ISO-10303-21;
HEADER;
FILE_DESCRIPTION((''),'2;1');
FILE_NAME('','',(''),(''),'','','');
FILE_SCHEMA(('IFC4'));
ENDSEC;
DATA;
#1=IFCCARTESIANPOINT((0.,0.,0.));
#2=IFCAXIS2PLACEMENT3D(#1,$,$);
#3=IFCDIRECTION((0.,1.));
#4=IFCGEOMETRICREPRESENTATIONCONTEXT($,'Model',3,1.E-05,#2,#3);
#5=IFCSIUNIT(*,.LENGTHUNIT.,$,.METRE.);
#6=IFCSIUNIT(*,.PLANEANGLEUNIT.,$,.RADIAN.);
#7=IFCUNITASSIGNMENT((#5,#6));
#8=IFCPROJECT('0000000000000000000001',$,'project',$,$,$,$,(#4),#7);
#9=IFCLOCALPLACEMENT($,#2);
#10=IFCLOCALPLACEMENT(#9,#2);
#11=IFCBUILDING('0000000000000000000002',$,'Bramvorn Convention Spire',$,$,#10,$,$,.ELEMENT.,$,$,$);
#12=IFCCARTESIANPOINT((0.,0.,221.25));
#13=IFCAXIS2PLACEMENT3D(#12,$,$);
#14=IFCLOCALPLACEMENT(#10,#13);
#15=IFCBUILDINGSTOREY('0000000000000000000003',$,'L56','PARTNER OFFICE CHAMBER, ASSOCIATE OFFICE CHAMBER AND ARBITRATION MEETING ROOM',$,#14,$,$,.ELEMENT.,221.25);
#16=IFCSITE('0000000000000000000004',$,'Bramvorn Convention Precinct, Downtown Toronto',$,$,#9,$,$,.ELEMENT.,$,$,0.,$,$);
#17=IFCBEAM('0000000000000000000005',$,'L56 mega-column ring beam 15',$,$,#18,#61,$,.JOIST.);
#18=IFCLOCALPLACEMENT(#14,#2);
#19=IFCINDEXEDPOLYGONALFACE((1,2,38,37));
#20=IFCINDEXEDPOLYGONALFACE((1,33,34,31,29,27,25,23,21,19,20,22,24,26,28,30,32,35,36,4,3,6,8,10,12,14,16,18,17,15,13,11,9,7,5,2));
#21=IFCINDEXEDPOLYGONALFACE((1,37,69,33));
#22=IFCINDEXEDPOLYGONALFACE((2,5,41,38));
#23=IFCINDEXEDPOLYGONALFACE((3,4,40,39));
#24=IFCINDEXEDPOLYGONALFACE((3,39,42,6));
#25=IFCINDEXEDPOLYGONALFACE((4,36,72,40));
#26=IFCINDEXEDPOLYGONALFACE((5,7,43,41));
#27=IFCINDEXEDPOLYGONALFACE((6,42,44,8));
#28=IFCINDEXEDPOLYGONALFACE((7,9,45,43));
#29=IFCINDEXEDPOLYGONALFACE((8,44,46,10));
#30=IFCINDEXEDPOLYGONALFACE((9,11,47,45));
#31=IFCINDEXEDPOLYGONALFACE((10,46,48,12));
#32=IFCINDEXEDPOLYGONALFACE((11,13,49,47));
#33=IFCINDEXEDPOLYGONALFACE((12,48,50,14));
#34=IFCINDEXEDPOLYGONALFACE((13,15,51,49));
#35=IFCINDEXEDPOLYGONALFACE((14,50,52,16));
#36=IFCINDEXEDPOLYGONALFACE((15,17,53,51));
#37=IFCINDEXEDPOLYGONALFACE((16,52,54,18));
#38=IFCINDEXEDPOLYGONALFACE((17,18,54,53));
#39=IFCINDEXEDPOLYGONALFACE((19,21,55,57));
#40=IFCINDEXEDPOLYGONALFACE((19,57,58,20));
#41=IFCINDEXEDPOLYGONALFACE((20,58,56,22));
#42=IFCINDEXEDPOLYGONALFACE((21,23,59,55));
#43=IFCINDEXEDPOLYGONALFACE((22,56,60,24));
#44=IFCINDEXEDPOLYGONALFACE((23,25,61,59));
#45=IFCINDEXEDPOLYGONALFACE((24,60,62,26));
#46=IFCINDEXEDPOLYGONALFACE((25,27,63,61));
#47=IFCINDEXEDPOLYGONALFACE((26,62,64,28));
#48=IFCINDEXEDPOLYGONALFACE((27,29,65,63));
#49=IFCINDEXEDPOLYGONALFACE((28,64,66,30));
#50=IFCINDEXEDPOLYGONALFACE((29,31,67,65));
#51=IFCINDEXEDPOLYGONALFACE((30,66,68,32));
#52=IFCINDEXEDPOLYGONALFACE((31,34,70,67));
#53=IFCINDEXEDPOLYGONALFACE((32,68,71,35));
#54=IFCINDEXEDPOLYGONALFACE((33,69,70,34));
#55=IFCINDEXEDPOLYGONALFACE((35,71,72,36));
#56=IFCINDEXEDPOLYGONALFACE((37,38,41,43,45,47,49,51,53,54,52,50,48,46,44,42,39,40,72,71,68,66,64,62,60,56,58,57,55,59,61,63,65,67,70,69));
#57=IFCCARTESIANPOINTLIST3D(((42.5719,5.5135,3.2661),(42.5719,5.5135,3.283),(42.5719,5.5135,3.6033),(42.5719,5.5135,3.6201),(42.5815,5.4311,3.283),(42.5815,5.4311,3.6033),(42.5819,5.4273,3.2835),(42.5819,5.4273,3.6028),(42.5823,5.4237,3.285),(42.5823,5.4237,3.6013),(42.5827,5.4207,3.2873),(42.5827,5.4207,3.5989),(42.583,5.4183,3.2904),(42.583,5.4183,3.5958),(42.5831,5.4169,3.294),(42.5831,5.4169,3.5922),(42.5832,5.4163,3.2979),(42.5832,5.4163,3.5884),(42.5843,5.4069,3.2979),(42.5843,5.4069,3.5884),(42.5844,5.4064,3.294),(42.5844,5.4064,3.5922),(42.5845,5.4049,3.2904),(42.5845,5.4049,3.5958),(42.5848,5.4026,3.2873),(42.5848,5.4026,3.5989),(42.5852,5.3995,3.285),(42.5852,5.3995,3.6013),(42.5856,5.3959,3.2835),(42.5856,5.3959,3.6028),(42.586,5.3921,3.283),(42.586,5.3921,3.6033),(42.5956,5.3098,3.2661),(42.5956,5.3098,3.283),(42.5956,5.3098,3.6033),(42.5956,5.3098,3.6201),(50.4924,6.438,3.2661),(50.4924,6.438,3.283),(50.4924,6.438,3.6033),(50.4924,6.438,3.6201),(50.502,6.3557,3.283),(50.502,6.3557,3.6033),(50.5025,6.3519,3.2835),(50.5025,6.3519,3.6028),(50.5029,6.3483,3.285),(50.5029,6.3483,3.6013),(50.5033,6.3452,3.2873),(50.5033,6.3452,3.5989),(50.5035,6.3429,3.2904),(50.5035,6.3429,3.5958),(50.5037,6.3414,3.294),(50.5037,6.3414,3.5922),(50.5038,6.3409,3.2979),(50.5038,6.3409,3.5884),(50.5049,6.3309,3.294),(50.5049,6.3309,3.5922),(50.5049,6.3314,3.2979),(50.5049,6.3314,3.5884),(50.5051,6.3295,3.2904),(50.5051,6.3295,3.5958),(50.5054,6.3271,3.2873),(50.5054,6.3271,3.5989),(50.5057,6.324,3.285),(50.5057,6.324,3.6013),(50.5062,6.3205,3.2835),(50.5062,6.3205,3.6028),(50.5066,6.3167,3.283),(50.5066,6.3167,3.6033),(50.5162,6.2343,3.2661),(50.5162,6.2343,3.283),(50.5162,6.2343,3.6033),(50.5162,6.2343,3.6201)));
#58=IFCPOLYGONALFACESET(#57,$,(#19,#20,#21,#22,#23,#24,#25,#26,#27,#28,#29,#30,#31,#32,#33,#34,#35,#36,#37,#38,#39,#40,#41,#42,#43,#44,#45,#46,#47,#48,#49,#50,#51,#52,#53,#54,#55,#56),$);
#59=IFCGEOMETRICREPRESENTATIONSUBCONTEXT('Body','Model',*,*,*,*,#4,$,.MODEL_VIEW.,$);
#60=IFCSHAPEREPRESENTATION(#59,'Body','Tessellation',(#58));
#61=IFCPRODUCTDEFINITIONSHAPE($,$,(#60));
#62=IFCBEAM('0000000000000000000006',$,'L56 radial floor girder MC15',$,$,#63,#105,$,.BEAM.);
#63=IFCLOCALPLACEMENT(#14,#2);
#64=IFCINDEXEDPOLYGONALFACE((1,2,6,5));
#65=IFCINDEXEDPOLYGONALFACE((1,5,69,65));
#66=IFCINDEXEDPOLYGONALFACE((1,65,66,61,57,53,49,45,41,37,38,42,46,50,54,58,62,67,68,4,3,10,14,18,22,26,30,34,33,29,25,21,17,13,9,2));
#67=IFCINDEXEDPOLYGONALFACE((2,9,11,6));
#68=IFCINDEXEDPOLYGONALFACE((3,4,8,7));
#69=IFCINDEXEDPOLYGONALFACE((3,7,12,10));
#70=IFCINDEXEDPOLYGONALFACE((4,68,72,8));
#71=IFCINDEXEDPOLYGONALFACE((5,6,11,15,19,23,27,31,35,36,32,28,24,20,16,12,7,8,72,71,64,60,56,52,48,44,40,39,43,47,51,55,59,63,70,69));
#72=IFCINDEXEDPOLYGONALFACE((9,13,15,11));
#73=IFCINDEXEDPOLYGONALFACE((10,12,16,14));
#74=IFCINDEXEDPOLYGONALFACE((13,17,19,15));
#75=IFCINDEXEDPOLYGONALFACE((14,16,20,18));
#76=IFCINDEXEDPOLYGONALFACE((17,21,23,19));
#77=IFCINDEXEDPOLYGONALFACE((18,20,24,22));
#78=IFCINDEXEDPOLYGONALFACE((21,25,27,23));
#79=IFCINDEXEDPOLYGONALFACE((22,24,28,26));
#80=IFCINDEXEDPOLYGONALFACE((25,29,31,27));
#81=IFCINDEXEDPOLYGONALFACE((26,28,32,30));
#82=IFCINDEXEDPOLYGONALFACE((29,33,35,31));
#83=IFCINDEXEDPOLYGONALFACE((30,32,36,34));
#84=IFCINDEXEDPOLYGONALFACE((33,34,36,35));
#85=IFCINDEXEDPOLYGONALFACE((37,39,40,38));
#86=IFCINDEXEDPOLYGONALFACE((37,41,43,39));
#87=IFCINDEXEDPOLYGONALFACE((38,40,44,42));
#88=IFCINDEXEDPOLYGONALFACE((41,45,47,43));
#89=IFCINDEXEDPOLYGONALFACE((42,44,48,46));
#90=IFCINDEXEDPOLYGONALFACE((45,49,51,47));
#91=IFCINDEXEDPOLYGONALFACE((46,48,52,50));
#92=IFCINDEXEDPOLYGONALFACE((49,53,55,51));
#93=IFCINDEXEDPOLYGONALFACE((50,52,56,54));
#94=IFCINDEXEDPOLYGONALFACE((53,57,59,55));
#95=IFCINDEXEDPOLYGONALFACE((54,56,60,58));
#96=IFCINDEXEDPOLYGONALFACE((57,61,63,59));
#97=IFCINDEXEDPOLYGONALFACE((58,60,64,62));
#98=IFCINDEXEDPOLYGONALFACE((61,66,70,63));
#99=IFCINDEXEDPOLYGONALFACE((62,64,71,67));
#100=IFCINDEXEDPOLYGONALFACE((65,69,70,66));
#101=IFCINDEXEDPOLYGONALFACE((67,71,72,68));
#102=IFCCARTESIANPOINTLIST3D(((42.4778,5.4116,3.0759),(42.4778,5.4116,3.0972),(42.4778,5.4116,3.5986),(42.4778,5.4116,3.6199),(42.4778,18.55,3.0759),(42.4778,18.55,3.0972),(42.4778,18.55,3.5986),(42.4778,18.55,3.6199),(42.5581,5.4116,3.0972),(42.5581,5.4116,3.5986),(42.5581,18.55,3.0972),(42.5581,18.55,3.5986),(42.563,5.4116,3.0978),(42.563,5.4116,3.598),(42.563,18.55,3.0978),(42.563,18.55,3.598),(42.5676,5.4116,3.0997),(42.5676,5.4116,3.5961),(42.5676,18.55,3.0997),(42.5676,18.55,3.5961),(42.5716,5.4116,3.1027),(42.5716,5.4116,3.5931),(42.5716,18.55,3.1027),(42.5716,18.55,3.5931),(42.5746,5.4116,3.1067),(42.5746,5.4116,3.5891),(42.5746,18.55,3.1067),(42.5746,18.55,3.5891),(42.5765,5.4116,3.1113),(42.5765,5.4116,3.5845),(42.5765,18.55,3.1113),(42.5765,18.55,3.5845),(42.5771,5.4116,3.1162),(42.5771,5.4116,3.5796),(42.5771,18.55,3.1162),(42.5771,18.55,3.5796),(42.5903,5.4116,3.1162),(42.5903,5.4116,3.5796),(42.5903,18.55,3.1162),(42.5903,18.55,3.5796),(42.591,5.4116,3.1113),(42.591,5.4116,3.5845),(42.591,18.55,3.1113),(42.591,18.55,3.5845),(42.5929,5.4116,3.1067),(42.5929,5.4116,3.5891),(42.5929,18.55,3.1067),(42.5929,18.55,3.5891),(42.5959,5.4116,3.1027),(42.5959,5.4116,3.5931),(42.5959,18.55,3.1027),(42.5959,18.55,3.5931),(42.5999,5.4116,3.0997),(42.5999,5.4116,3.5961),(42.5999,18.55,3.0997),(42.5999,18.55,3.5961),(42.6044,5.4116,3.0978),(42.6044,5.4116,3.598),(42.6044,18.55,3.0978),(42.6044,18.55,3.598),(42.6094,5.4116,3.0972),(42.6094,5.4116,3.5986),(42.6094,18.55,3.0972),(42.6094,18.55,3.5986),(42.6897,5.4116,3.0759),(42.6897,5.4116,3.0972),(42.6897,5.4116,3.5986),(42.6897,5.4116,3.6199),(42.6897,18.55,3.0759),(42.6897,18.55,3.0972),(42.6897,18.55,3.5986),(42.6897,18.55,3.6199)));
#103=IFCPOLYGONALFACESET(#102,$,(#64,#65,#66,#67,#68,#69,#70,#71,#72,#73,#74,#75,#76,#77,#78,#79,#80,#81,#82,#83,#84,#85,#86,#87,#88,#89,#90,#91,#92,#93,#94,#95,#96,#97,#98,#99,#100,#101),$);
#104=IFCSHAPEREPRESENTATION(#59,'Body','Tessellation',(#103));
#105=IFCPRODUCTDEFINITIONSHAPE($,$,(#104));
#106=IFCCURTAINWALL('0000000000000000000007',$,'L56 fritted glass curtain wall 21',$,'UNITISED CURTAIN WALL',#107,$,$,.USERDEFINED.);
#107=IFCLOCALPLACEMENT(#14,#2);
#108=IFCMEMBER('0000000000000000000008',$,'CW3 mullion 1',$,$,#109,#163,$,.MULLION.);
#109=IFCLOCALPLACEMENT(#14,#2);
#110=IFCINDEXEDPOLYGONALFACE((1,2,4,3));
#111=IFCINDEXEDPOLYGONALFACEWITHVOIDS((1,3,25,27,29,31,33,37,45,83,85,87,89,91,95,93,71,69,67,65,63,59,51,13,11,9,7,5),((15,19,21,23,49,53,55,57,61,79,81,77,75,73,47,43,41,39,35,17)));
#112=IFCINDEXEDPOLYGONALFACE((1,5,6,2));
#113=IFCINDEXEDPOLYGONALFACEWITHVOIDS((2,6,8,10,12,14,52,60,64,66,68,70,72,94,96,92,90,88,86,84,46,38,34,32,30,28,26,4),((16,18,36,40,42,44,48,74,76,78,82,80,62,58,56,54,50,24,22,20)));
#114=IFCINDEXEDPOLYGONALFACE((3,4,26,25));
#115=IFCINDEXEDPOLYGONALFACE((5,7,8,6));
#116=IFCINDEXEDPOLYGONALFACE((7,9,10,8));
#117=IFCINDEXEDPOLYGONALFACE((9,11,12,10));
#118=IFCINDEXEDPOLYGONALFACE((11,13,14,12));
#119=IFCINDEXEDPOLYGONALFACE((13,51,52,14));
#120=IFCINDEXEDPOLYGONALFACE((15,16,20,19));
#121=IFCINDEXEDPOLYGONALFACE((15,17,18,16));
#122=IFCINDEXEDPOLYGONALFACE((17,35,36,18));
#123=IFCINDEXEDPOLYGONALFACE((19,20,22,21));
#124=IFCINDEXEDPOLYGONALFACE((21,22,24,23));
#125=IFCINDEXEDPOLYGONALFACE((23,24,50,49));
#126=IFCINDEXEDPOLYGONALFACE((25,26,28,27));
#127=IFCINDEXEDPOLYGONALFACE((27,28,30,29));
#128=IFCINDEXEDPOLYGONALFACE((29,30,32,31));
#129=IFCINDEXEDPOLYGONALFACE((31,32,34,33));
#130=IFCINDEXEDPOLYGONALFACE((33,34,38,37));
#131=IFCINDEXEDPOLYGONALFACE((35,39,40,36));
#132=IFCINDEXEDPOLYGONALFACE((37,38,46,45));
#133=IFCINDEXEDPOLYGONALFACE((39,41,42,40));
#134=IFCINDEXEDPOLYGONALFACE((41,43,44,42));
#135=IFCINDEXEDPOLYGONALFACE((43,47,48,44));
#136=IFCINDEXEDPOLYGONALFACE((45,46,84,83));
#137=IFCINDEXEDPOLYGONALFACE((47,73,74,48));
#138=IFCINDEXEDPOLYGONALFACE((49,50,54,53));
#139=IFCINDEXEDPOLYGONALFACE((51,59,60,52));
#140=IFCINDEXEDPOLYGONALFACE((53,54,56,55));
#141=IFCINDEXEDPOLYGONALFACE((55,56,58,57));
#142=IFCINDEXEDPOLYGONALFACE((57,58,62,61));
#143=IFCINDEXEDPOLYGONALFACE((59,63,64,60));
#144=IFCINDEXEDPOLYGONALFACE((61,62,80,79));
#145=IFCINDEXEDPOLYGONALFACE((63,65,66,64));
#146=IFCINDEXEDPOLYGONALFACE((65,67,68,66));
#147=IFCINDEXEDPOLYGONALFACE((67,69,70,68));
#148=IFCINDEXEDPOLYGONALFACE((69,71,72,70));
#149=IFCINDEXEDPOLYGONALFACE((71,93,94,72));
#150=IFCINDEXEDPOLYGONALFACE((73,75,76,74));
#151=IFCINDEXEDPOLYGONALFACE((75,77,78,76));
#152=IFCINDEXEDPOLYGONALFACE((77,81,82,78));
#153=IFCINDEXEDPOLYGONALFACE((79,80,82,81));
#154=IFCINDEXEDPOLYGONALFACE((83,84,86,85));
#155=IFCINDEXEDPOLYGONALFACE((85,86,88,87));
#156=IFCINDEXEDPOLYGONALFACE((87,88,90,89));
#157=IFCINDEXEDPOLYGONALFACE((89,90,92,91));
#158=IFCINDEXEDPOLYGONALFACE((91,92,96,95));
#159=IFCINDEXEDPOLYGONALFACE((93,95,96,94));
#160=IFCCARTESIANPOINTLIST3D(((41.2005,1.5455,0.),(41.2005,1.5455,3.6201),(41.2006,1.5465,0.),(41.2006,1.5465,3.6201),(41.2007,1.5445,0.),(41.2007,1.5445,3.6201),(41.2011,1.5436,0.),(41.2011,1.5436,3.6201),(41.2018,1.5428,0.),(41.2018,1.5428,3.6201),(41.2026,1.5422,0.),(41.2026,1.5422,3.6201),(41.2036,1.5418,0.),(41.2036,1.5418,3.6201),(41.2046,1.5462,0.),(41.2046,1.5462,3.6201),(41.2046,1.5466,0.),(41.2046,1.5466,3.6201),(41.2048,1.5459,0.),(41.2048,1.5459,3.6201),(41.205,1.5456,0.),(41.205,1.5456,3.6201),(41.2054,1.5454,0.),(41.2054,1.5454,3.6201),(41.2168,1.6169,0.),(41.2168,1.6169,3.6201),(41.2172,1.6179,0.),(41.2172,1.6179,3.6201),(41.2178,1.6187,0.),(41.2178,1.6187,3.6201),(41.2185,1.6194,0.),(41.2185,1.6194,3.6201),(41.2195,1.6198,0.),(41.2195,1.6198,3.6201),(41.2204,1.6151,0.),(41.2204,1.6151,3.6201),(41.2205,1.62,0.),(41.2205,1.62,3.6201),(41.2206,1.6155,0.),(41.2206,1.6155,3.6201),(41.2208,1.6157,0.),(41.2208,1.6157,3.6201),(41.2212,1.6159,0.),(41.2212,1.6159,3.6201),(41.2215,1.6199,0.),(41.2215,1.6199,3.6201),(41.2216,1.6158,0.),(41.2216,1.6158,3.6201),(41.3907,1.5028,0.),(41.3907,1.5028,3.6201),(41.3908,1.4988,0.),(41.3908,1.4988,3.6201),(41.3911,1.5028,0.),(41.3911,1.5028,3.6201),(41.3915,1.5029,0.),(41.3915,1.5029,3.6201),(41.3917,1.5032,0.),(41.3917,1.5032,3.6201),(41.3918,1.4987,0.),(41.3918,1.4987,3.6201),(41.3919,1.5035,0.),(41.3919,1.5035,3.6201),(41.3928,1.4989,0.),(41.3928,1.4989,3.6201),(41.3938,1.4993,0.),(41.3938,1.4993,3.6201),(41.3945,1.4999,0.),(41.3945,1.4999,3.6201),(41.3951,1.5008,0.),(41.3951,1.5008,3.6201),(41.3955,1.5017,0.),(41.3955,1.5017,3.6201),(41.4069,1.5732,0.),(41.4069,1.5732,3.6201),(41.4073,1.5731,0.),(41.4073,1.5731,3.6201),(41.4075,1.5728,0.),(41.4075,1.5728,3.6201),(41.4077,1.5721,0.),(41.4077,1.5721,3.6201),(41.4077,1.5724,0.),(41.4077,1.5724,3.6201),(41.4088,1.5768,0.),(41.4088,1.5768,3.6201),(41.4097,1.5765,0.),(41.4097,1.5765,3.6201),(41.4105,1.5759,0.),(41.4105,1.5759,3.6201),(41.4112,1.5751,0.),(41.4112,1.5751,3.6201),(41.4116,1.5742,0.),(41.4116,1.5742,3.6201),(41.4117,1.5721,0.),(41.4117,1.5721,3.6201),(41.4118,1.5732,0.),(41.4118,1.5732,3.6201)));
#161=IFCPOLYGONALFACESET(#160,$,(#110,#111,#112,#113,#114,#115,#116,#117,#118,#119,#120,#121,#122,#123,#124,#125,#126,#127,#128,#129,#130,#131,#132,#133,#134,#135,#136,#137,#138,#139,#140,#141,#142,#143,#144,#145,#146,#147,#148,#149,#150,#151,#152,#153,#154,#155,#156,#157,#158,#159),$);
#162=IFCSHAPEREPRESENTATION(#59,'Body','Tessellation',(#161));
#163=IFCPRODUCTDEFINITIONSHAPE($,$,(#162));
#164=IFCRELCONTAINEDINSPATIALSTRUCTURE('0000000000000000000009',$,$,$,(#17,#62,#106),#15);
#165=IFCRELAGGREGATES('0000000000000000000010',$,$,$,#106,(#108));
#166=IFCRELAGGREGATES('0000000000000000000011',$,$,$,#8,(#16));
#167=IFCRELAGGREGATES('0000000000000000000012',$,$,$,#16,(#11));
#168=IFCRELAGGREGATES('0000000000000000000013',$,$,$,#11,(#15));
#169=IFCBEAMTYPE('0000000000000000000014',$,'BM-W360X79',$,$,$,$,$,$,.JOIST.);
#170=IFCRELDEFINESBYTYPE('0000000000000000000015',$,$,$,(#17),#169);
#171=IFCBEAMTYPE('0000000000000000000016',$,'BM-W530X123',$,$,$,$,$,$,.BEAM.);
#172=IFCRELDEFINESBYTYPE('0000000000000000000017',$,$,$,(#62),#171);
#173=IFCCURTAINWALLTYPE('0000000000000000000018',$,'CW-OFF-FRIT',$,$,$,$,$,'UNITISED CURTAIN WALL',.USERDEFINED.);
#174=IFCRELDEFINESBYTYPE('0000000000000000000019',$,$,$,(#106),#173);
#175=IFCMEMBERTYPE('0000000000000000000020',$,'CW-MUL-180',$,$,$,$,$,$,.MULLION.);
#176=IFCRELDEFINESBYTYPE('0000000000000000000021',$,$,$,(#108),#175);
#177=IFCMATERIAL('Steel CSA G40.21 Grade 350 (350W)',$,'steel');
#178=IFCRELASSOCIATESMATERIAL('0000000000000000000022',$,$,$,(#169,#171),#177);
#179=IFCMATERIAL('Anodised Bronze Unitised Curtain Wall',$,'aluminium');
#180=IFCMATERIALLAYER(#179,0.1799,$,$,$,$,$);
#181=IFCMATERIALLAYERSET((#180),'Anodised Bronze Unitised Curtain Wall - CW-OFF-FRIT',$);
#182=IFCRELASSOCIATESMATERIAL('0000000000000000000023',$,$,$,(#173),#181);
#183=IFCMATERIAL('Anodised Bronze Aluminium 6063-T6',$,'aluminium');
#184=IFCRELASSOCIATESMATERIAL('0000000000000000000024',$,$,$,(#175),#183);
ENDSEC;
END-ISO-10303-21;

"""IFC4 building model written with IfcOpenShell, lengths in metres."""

from ifc_helpers import new_model, si_unit, direction, frame, origin, origin_2d, place, context, subcontext, project, spatial, hollow_rectangle, i_section, extrude, material, layer, layer_set, material_profile, profile_set, type_object, element, aggregate, save


model = new_model("IFC4")

# Units and contexts
model_context = context("Model", 3, precision=1e-05, world=origin(), true_north=direction((0.0, 1.0)))
body_context = subcontext(model_context, "Body", "Model", "MODEL_VIEW")
ifc_project = project(units=[si_unit("LENGTHUNIT", "METRE"), si_unit("PLANEANGLEUNIT", "RADIAN")], contexts=[model_context])

# Site, building, storey
site_placement = place(None, origin())
site = spatial("IfcSite", under=ifc_project, at=site_placement, Name="Bramvorn Convention Precinct, Downtown Toronto", CompositionType="ELEMENT", RefElevation=0.0)
building_placement = place(site_placement, origin())
building = spatial("IfcBuilding", under=site, at=building_placement, Name="Bramvorn Convention Spire", CompositionType="ELEMENT")
storey_placement = place(building_placement, frame((0.0, 0.0, 221.25)))
storey = spatial("IfcBuildingStorey", under=building, at=storey_placement, Name="L56", Description="PARTNER OFFICE CHAMBER, ASSOCIATE OFFICE CHAMBER AND ARBITRATION MEETING ROOM", CompositionType="ELEMENT", Elevation=221.25)

# Shared definitions
ifc_material_1 = material(Name="Steel CSA G40.21 Grade 350 (350W)", Category="steel")

# Beams
ifc_material_profile_1 = material_profile(ifc_material_1, i_section(OverallWidth=0.2051, OverallDepth=0.354, WebThickness=0.0095, FlangeThickness=0.0168, FilletRadius=0.0149, at=origin_2d()))
ifc_profile_set_1 = profile_set([ifc_material_profile_1], Name="Steel CSA G40.21 Grade 350 (350W) - W360X79")
beam_type_1 = type_object("IfcBeamType", Name="BM-W360X79", PredefinedType="JOIST", material=ifc_profile_set_1)
beam_1_placement = place(storey_placement, frame((42.5837, 5.4116, 3.4431), z_axis=(0.993256, 0.115941, 0.0), x_axis=(-0.115941, 0.993256, 0.0)))
element("IfcBeam", 1, at=beam_1_placement, inside=storey, type_object=beam_type_1, Name="L56 mega-column ring beam 15", PredefinedType="JOIST", context=body_context, shape_type="SweptSolid", body=[
    extrude(i_section(OverallWidth=0.2051, OverallDepth=0.354, WebThickness=0.0095, FlangeThickness=0.0168, FilletRadius=0.0149, at=origin_2d()), origin(), (0.0, 0.0, 1.0), 7.9744),
])
ifc_material_profile_2 = material_profile(ifc_material_1, i_section(OverallWidth=0.2119, OverallDepth=0.5439, WebThickness=0.0132, FlangeThickness=0.0212, FilletRadius=0.019, at=origin_2d()))
ifc_profile_set_2 = profile_set([ifc_material_profile_2], Name="Steel CSA G40.21 Grade 350 (350W) - W530X123")
beam_type_2 = type_object("IfcBeamType", Name="BM-W530X123", PredefinedType="BEAM", material=ifc_profile_set_2)
beam_2_placement = place(storey_placement, frame((42.5837, 18.55, 3.3479), z_axis=(0.0, -1.0, 0.0), x_axis=(1.0, 0.0, 0.0)))
element("IfcBeam", 2, at=beam_2_placement, inside=storey, type_object=beam_type_2, Name="L56 radial floor girder MC15", PredefinedType="BEAM", context=body_context, shape_type="SweptSolid", body=[
    extrude(i_section(OverallWidth=0.2119, OverallDepth=0.5439, WebThickness=0.0132, FlangeThickness=0.0212, FilletRadius=0.019, at=origin_2d()), origin(), (0.0, 0.0, 1.0), 13.1384),
])

# Curtain wall, member
ifc_material_2 = material(Name="Anodised Bronze Unitised Curtain Wall", Category="aluminium")
ifc_layer_1 = layer(ifc_material_2, 0.1799)
ifc_layer_set_1 = layer_set([ifc_layer_1], Name="Anodised Bronze Unitised Curtain Wall - CW-OFF-FRIT")
curtain_wall_type = type_object("IfcCurtainWallType", Name="CW-OFF-FRIT", ElementType="UNITISED CURTAIN WALL", PredefinedType="USERDEFINED", material=ifc_layer_set_1)
curtain_wall_placement = place(storey_placement, origin())
curtain_wall = element("IfcCurtainWall", 3, at=curtain_wall_placement, inside=storey, type_object=curtain_wall_type, Name="L56 fritted glass curtain wall 21", ObjectType="UNITISED CURTAIN WALL", PredefinedType="USERDEFINED")
ifc_material_3 = material(Name="Anodised Bronze Aluminium 6063-T6", Category="aluminium")
ifc_material_profile_3 = material_profile(ifc_material_3, hollow_rectangle(XDim=0.0801, YDim=0.2, WallThickness=0.0039, InnerFilletRadius=0.001, OuterFilletRadius=0.0039, at=origin_2d()))
ifc_profile_set_3 = profile_set([ifc_material_profile_3], Name="Anodised Bronze Aluminium 6063-T6 - CWM80X200")
member_type_1 = type_object("IfcMemberType", Name="CW-MUL-180", PredefinedType="MULLION", material=ifc_profile_set_3)
member_1_placement = place(storey_placement, frame((41.3062, 1.5593, 0.0), z_axis=(0.0, 0.0, 1.0), x_axis=(-0.224055, -0.974576, 0.0)))
member_1 = element("IfcMember", 4, at=member_1_placement, type_object=member_type_1, Name="CW3 mullion 1", PredefinedType="MULLION", context=body_context, shape_type="SweptSolid", body=[
    extrude(hollow_rectangle(XDim=0.0801, YDim=0.2, WallThickness=0.0039, InnerFilletRadius=0.001, OuterFilletRadius=0.0039, at=origin_2d()), origin(), (0.0, 0.0, 1.0), 3.6201),
])
aggregate(curtain_wall, [member_1])

save(model, "model.ifc")
